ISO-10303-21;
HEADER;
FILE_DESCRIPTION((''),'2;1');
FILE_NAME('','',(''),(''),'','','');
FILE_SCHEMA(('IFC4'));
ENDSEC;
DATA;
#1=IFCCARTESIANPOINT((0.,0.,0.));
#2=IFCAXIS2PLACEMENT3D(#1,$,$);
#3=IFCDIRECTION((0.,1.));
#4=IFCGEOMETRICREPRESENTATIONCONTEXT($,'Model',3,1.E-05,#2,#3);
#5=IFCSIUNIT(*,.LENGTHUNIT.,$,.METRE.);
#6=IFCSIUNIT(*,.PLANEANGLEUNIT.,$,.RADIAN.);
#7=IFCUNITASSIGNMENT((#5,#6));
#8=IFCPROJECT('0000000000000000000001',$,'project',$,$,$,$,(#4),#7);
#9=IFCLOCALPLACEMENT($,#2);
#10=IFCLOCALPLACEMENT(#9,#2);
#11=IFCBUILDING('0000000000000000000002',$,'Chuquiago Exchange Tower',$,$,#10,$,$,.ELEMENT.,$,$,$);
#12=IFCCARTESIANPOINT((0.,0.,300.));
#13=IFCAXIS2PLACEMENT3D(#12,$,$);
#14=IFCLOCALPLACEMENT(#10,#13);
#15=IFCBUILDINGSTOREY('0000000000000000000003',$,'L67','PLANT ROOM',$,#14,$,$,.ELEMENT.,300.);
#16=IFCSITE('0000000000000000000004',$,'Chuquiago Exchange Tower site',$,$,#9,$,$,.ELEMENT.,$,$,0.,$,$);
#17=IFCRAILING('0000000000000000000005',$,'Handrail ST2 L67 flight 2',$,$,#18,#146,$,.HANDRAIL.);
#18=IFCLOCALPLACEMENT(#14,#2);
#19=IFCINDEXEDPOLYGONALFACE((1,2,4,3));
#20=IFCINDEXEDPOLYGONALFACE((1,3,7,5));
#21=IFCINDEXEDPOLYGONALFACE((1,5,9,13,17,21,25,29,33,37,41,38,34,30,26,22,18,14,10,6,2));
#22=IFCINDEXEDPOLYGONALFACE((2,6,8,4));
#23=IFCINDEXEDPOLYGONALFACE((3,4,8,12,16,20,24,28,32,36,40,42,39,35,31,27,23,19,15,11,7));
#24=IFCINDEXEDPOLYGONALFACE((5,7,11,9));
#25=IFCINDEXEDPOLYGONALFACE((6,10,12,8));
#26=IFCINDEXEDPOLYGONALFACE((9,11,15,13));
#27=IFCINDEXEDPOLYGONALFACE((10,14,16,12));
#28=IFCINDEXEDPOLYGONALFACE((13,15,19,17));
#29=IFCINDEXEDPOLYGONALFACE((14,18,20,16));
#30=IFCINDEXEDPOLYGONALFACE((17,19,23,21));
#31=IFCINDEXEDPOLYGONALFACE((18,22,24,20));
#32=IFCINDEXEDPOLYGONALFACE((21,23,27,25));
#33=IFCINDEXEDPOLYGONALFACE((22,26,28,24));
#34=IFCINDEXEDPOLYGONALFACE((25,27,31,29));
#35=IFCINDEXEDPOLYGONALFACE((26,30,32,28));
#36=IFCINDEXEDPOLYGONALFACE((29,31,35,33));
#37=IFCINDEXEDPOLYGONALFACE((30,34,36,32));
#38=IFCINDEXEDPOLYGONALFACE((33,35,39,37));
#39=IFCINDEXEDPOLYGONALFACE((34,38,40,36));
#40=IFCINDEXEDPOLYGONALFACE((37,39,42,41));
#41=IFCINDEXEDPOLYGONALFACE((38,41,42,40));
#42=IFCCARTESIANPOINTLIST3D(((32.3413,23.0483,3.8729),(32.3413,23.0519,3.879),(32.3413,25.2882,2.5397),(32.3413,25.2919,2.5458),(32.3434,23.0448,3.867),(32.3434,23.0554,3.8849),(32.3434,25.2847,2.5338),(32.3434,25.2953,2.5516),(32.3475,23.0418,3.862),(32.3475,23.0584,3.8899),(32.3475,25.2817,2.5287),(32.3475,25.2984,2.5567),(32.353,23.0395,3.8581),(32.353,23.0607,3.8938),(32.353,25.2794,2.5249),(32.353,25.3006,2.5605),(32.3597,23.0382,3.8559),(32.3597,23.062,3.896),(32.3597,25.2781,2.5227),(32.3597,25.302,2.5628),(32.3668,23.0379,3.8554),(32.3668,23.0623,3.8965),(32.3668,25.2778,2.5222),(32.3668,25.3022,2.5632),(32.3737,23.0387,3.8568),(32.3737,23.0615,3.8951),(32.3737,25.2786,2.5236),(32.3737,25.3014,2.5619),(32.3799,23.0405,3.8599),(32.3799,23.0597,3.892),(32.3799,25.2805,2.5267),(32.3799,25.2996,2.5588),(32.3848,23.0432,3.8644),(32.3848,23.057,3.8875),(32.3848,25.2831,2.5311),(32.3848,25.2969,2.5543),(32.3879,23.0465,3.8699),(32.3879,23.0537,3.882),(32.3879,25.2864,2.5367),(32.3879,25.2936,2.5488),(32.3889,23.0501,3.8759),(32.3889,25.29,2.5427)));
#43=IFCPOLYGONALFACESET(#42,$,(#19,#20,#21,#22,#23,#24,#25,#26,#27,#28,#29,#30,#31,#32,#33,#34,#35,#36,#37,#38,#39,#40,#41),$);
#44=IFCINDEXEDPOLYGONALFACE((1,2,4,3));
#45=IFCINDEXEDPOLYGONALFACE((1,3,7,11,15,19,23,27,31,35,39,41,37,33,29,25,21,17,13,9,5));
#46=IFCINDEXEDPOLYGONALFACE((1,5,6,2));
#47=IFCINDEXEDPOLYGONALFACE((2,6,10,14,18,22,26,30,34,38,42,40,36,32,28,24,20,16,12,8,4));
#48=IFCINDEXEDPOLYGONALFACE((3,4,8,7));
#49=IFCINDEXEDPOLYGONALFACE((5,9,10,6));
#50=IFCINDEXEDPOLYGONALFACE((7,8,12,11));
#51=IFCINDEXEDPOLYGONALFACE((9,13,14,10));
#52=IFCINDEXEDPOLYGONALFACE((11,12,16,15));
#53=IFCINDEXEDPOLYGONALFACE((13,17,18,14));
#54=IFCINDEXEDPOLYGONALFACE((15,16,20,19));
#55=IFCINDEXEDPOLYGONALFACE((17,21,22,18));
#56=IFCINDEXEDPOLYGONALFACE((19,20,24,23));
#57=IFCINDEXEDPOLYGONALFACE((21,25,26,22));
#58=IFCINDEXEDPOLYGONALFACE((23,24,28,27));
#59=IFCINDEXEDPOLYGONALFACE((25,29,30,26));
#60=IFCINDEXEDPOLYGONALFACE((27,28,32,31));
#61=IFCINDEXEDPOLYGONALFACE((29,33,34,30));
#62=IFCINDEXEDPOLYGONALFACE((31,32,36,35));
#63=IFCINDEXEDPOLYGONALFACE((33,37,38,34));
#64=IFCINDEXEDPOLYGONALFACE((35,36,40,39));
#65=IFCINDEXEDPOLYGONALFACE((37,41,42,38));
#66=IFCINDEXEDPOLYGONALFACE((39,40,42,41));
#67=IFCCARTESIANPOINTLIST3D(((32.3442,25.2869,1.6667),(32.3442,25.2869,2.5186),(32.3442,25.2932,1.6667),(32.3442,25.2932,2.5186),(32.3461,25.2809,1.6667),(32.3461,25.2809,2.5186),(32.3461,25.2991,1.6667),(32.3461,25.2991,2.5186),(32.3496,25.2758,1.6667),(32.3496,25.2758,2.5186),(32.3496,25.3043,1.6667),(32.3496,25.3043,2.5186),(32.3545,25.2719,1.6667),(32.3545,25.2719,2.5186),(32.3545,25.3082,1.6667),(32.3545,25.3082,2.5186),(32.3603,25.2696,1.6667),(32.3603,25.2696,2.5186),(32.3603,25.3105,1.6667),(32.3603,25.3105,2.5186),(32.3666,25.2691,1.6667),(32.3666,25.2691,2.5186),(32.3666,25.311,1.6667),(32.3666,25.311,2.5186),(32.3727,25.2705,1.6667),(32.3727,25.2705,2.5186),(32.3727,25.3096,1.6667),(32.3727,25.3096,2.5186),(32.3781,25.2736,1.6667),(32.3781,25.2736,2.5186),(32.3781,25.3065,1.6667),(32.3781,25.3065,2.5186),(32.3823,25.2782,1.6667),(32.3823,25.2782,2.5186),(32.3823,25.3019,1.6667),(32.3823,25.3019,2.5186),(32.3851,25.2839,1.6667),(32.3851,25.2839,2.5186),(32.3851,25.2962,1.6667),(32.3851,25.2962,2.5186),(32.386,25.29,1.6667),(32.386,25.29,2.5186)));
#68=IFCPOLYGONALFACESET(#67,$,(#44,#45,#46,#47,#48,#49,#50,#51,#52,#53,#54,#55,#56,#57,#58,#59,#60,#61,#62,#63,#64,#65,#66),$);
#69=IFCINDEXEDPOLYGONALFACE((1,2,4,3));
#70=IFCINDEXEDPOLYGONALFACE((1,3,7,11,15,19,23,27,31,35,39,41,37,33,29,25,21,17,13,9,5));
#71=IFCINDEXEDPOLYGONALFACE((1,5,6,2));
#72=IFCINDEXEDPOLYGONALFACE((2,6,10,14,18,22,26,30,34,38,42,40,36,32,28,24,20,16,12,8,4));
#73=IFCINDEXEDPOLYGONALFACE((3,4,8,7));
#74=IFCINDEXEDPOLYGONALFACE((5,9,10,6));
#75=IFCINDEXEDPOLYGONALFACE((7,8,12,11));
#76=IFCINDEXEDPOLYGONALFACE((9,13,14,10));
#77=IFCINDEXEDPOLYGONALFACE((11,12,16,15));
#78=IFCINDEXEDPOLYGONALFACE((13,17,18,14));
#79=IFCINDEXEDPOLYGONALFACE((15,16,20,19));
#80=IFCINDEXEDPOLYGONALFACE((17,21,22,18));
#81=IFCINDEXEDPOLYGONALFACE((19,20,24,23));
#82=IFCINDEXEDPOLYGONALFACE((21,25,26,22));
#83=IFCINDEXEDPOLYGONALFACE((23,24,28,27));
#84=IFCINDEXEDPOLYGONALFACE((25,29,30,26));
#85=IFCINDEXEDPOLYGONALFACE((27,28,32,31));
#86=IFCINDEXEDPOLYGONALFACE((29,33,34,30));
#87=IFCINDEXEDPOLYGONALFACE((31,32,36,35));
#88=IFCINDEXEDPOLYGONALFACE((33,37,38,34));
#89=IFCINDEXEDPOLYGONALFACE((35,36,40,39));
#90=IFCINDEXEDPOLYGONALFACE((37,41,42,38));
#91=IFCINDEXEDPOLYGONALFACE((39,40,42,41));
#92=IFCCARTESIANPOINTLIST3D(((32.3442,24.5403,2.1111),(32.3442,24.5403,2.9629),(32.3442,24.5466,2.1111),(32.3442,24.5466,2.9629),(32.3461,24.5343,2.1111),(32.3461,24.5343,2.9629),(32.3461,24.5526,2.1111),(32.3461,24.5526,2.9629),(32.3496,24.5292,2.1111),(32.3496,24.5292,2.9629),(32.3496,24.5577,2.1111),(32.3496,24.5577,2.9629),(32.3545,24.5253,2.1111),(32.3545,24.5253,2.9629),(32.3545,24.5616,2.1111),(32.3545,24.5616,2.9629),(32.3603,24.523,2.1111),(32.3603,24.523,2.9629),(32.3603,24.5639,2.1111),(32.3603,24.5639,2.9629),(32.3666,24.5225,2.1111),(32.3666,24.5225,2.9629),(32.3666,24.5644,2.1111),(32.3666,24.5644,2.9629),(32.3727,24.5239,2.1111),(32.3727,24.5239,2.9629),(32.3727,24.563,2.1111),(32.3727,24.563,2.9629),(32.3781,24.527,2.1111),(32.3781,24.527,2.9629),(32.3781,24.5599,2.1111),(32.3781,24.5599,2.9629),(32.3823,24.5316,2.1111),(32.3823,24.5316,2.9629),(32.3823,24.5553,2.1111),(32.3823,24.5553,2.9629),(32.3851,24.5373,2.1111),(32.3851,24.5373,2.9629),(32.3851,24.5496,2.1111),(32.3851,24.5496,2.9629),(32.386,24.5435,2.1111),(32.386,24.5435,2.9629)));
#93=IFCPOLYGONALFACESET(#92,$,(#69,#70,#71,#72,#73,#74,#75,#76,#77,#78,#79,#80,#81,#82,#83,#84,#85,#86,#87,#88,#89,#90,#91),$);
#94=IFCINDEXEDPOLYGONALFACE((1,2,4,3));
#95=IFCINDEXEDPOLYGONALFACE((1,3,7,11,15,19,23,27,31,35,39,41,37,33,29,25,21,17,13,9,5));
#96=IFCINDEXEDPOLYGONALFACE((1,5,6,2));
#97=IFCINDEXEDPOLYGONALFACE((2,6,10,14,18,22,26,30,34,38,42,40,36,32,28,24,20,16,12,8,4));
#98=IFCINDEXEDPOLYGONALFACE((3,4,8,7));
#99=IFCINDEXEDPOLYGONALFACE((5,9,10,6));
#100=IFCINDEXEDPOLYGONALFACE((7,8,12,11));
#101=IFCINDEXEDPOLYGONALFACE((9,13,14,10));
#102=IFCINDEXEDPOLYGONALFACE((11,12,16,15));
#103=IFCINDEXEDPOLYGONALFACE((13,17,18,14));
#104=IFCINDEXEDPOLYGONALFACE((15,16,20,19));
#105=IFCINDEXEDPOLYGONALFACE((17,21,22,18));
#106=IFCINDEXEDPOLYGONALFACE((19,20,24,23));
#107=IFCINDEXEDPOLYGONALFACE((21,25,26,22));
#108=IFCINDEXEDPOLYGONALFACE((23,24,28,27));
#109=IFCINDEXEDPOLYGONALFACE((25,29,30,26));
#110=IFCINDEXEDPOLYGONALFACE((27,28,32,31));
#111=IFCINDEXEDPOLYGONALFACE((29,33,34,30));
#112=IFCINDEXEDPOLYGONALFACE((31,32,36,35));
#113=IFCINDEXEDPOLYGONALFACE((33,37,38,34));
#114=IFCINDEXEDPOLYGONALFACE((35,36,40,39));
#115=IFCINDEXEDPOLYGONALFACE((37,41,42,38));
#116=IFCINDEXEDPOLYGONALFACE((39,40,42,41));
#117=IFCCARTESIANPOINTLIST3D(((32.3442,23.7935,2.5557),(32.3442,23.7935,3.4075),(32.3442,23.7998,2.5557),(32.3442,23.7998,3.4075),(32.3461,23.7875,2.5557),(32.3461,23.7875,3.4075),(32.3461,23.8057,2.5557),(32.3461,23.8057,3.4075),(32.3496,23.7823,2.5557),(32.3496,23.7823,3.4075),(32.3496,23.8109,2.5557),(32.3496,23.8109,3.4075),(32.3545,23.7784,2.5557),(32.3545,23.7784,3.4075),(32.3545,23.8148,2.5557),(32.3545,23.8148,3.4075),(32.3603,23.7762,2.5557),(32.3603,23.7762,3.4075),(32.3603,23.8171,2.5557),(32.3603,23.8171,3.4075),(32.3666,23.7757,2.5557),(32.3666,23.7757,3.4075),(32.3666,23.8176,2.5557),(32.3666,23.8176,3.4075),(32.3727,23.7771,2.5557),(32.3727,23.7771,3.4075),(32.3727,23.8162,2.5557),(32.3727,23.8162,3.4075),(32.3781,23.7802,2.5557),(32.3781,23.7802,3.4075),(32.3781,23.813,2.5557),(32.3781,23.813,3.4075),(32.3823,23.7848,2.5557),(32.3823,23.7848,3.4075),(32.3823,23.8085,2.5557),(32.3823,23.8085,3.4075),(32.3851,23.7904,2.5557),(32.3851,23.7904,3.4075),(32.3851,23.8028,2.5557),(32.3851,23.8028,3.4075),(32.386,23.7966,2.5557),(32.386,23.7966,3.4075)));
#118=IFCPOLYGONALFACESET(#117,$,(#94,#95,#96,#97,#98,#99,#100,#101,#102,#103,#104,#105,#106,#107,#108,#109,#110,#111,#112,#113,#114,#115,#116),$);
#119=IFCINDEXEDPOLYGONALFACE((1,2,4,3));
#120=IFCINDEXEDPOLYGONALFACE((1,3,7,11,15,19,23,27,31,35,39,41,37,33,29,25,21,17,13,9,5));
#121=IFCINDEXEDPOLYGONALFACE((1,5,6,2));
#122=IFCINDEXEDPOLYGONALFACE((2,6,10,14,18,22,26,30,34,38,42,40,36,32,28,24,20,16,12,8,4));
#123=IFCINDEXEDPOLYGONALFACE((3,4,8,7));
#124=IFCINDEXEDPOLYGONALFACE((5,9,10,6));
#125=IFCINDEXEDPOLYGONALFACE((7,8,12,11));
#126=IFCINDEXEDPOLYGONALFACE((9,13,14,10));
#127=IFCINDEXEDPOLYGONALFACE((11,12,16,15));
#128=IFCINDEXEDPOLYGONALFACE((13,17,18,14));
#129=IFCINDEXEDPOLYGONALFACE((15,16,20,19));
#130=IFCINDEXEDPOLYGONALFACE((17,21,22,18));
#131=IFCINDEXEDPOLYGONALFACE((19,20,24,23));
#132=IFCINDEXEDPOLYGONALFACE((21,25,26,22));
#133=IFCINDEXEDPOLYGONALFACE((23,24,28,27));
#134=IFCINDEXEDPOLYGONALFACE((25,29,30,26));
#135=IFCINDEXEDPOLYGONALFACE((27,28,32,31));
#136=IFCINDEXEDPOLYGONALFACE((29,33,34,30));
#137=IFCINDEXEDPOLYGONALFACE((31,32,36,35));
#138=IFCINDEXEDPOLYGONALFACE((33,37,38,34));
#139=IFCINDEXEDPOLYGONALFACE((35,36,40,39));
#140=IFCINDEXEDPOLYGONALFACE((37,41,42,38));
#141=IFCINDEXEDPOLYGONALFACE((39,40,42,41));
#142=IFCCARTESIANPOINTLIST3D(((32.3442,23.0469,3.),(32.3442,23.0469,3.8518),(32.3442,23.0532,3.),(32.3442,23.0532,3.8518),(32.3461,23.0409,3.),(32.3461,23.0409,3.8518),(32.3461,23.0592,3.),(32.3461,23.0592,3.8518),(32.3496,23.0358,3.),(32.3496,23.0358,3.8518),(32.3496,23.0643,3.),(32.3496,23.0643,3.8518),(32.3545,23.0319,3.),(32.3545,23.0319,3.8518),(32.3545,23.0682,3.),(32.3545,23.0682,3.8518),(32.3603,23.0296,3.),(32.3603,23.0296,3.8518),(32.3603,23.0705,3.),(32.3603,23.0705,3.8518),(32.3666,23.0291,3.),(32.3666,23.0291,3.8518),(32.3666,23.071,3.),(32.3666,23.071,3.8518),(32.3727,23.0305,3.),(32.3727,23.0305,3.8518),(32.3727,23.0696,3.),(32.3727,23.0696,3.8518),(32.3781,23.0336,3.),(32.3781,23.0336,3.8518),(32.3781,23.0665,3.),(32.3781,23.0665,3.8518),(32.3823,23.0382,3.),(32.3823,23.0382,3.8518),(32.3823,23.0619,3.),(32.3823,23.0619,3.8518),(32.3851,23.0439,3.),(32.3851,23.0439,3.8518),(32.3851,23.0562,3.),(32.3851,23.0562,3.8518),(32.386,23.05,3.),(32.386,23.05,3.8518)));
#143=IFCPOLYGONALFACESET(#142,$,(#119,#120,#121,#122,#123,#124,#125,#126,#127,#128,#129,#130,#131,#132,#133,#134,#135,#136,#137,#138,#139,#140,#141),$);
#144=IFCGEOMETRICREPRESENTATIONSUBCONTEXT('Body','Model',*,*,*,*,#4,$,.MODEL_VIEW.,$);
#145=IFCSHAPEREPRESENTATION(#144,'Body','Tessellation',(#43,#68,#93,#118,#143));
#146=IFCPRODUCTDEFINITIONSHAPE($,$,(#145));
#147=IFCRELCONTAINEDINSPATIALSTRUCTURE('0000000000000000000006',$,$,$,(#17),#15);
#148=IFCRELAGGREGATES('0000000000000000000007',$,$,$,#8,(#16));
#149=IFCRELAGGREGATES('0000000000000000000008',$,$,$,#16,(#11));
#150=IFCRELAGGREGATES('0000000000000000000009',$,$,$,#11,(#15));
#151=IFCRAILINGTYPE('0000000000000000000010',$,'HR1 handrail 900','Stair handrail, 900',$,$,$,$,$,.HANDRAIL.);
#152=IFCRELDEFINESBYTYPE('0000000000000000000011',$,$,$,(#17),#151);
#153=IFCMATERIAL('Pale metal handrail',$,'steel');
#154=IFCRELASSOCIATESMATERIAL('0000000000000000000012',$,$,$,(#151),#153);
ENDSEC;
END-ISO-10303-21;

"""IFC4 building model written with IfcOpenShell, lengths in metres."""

from ifc_helpers import new_model, si_unit, direction, frame, origin, origin_2d, place, context, subcontext, project, spatial, circle, extrude, material, type_object, element, save


model = new_model("IFC4")

# Units and contexts
model_context = context("Model", 3, precision=1e-05, world=origin(), true_north=direction((0.0, 1.0)))
body_context = subcontext(model_context, "Body", "Model", "MODEL_VIEW")
ifc_project = project(units=[si_unit("LENGTHUNIT", "METRE"), si_unit("PLANEANGLEUNIT", "RADIAN")], contexts=[model_context])

# Site, building, storey
site_placement = place(None, origin())
site = spatial("IfcSite", under=ifc_project, at=site_placement, Name="Chuquiago Exchange Tower site", CompositionType="ELEMENT", RefElevation=0.0)
building_placement = place(site_placement, origin())
building = spatial("IfcBuilding", under=site, at=building_placement, Name="Chuquiago Exchange Tower", CompositionType="ELEMENT")
storey_placement = place(building_placement, frame((0.0, 0.0, 300.0)))
storey = spatial("IfcBuildingStorey", under=building, at=storey_placement, Name="L67", Description="PLANT ROOM", CompositionType="ELEMENT", Elevation=300.0)

# Railing
ifc_material_1 = material(Name="Pale metal handrail", Category="steel")
railing_type_1 = type_object("IfcRailingType", Name="HR1 handrail 900", Description="Stair handrail, 900", PredefinedType="HANDRAIL", material=ifc_material_1)
for number, where, name in (
    (1, (32.365, 25.29, 1.6667), "Handrail ST2 L67 flight 2"),
):
    element("IfcRailing", number, at=place(storey_placement, frame(where)), inside=storey, type_object=railing_type_1, Name=name, PredefinedType="HANDRAIL", context=body_context, shape_type="SweptSolid", body=[
        extrude(circle(Radius=0.0239, at=origin_2d()), frame((0.0, 0.0, 0.876), z_axis=(0.0, -0.859306, 0.511462), x_axis=(1.0, 0.0, 0.0)), (0.0, 0.0, 1.0), 2.6067),
        extrude(circle(Radius=0.021, at=origin_2d()), origin(), (0.0, 0.0, 1.0), 0.8518),
        extrude(circle(Radius=0.021, at=origin_2d()), frame((0.0, -0.7466, 0.4443)), (0.0, 0.0, 1.0), 0.8518),
        extrude(circle(Radius=0.021, at=origin_2d()), frame((0.0, -1.4934, 0.8889)), (0.0, 0.0, 1.0), 0.8518),
        extrude(circle(Radius=0.021, at=origin_2d()), frame((0.0, -2.24, 1.3333)), (0.0, 0.0, 1.0), 0.8518),
    ])

save(model, "model.ifc")
